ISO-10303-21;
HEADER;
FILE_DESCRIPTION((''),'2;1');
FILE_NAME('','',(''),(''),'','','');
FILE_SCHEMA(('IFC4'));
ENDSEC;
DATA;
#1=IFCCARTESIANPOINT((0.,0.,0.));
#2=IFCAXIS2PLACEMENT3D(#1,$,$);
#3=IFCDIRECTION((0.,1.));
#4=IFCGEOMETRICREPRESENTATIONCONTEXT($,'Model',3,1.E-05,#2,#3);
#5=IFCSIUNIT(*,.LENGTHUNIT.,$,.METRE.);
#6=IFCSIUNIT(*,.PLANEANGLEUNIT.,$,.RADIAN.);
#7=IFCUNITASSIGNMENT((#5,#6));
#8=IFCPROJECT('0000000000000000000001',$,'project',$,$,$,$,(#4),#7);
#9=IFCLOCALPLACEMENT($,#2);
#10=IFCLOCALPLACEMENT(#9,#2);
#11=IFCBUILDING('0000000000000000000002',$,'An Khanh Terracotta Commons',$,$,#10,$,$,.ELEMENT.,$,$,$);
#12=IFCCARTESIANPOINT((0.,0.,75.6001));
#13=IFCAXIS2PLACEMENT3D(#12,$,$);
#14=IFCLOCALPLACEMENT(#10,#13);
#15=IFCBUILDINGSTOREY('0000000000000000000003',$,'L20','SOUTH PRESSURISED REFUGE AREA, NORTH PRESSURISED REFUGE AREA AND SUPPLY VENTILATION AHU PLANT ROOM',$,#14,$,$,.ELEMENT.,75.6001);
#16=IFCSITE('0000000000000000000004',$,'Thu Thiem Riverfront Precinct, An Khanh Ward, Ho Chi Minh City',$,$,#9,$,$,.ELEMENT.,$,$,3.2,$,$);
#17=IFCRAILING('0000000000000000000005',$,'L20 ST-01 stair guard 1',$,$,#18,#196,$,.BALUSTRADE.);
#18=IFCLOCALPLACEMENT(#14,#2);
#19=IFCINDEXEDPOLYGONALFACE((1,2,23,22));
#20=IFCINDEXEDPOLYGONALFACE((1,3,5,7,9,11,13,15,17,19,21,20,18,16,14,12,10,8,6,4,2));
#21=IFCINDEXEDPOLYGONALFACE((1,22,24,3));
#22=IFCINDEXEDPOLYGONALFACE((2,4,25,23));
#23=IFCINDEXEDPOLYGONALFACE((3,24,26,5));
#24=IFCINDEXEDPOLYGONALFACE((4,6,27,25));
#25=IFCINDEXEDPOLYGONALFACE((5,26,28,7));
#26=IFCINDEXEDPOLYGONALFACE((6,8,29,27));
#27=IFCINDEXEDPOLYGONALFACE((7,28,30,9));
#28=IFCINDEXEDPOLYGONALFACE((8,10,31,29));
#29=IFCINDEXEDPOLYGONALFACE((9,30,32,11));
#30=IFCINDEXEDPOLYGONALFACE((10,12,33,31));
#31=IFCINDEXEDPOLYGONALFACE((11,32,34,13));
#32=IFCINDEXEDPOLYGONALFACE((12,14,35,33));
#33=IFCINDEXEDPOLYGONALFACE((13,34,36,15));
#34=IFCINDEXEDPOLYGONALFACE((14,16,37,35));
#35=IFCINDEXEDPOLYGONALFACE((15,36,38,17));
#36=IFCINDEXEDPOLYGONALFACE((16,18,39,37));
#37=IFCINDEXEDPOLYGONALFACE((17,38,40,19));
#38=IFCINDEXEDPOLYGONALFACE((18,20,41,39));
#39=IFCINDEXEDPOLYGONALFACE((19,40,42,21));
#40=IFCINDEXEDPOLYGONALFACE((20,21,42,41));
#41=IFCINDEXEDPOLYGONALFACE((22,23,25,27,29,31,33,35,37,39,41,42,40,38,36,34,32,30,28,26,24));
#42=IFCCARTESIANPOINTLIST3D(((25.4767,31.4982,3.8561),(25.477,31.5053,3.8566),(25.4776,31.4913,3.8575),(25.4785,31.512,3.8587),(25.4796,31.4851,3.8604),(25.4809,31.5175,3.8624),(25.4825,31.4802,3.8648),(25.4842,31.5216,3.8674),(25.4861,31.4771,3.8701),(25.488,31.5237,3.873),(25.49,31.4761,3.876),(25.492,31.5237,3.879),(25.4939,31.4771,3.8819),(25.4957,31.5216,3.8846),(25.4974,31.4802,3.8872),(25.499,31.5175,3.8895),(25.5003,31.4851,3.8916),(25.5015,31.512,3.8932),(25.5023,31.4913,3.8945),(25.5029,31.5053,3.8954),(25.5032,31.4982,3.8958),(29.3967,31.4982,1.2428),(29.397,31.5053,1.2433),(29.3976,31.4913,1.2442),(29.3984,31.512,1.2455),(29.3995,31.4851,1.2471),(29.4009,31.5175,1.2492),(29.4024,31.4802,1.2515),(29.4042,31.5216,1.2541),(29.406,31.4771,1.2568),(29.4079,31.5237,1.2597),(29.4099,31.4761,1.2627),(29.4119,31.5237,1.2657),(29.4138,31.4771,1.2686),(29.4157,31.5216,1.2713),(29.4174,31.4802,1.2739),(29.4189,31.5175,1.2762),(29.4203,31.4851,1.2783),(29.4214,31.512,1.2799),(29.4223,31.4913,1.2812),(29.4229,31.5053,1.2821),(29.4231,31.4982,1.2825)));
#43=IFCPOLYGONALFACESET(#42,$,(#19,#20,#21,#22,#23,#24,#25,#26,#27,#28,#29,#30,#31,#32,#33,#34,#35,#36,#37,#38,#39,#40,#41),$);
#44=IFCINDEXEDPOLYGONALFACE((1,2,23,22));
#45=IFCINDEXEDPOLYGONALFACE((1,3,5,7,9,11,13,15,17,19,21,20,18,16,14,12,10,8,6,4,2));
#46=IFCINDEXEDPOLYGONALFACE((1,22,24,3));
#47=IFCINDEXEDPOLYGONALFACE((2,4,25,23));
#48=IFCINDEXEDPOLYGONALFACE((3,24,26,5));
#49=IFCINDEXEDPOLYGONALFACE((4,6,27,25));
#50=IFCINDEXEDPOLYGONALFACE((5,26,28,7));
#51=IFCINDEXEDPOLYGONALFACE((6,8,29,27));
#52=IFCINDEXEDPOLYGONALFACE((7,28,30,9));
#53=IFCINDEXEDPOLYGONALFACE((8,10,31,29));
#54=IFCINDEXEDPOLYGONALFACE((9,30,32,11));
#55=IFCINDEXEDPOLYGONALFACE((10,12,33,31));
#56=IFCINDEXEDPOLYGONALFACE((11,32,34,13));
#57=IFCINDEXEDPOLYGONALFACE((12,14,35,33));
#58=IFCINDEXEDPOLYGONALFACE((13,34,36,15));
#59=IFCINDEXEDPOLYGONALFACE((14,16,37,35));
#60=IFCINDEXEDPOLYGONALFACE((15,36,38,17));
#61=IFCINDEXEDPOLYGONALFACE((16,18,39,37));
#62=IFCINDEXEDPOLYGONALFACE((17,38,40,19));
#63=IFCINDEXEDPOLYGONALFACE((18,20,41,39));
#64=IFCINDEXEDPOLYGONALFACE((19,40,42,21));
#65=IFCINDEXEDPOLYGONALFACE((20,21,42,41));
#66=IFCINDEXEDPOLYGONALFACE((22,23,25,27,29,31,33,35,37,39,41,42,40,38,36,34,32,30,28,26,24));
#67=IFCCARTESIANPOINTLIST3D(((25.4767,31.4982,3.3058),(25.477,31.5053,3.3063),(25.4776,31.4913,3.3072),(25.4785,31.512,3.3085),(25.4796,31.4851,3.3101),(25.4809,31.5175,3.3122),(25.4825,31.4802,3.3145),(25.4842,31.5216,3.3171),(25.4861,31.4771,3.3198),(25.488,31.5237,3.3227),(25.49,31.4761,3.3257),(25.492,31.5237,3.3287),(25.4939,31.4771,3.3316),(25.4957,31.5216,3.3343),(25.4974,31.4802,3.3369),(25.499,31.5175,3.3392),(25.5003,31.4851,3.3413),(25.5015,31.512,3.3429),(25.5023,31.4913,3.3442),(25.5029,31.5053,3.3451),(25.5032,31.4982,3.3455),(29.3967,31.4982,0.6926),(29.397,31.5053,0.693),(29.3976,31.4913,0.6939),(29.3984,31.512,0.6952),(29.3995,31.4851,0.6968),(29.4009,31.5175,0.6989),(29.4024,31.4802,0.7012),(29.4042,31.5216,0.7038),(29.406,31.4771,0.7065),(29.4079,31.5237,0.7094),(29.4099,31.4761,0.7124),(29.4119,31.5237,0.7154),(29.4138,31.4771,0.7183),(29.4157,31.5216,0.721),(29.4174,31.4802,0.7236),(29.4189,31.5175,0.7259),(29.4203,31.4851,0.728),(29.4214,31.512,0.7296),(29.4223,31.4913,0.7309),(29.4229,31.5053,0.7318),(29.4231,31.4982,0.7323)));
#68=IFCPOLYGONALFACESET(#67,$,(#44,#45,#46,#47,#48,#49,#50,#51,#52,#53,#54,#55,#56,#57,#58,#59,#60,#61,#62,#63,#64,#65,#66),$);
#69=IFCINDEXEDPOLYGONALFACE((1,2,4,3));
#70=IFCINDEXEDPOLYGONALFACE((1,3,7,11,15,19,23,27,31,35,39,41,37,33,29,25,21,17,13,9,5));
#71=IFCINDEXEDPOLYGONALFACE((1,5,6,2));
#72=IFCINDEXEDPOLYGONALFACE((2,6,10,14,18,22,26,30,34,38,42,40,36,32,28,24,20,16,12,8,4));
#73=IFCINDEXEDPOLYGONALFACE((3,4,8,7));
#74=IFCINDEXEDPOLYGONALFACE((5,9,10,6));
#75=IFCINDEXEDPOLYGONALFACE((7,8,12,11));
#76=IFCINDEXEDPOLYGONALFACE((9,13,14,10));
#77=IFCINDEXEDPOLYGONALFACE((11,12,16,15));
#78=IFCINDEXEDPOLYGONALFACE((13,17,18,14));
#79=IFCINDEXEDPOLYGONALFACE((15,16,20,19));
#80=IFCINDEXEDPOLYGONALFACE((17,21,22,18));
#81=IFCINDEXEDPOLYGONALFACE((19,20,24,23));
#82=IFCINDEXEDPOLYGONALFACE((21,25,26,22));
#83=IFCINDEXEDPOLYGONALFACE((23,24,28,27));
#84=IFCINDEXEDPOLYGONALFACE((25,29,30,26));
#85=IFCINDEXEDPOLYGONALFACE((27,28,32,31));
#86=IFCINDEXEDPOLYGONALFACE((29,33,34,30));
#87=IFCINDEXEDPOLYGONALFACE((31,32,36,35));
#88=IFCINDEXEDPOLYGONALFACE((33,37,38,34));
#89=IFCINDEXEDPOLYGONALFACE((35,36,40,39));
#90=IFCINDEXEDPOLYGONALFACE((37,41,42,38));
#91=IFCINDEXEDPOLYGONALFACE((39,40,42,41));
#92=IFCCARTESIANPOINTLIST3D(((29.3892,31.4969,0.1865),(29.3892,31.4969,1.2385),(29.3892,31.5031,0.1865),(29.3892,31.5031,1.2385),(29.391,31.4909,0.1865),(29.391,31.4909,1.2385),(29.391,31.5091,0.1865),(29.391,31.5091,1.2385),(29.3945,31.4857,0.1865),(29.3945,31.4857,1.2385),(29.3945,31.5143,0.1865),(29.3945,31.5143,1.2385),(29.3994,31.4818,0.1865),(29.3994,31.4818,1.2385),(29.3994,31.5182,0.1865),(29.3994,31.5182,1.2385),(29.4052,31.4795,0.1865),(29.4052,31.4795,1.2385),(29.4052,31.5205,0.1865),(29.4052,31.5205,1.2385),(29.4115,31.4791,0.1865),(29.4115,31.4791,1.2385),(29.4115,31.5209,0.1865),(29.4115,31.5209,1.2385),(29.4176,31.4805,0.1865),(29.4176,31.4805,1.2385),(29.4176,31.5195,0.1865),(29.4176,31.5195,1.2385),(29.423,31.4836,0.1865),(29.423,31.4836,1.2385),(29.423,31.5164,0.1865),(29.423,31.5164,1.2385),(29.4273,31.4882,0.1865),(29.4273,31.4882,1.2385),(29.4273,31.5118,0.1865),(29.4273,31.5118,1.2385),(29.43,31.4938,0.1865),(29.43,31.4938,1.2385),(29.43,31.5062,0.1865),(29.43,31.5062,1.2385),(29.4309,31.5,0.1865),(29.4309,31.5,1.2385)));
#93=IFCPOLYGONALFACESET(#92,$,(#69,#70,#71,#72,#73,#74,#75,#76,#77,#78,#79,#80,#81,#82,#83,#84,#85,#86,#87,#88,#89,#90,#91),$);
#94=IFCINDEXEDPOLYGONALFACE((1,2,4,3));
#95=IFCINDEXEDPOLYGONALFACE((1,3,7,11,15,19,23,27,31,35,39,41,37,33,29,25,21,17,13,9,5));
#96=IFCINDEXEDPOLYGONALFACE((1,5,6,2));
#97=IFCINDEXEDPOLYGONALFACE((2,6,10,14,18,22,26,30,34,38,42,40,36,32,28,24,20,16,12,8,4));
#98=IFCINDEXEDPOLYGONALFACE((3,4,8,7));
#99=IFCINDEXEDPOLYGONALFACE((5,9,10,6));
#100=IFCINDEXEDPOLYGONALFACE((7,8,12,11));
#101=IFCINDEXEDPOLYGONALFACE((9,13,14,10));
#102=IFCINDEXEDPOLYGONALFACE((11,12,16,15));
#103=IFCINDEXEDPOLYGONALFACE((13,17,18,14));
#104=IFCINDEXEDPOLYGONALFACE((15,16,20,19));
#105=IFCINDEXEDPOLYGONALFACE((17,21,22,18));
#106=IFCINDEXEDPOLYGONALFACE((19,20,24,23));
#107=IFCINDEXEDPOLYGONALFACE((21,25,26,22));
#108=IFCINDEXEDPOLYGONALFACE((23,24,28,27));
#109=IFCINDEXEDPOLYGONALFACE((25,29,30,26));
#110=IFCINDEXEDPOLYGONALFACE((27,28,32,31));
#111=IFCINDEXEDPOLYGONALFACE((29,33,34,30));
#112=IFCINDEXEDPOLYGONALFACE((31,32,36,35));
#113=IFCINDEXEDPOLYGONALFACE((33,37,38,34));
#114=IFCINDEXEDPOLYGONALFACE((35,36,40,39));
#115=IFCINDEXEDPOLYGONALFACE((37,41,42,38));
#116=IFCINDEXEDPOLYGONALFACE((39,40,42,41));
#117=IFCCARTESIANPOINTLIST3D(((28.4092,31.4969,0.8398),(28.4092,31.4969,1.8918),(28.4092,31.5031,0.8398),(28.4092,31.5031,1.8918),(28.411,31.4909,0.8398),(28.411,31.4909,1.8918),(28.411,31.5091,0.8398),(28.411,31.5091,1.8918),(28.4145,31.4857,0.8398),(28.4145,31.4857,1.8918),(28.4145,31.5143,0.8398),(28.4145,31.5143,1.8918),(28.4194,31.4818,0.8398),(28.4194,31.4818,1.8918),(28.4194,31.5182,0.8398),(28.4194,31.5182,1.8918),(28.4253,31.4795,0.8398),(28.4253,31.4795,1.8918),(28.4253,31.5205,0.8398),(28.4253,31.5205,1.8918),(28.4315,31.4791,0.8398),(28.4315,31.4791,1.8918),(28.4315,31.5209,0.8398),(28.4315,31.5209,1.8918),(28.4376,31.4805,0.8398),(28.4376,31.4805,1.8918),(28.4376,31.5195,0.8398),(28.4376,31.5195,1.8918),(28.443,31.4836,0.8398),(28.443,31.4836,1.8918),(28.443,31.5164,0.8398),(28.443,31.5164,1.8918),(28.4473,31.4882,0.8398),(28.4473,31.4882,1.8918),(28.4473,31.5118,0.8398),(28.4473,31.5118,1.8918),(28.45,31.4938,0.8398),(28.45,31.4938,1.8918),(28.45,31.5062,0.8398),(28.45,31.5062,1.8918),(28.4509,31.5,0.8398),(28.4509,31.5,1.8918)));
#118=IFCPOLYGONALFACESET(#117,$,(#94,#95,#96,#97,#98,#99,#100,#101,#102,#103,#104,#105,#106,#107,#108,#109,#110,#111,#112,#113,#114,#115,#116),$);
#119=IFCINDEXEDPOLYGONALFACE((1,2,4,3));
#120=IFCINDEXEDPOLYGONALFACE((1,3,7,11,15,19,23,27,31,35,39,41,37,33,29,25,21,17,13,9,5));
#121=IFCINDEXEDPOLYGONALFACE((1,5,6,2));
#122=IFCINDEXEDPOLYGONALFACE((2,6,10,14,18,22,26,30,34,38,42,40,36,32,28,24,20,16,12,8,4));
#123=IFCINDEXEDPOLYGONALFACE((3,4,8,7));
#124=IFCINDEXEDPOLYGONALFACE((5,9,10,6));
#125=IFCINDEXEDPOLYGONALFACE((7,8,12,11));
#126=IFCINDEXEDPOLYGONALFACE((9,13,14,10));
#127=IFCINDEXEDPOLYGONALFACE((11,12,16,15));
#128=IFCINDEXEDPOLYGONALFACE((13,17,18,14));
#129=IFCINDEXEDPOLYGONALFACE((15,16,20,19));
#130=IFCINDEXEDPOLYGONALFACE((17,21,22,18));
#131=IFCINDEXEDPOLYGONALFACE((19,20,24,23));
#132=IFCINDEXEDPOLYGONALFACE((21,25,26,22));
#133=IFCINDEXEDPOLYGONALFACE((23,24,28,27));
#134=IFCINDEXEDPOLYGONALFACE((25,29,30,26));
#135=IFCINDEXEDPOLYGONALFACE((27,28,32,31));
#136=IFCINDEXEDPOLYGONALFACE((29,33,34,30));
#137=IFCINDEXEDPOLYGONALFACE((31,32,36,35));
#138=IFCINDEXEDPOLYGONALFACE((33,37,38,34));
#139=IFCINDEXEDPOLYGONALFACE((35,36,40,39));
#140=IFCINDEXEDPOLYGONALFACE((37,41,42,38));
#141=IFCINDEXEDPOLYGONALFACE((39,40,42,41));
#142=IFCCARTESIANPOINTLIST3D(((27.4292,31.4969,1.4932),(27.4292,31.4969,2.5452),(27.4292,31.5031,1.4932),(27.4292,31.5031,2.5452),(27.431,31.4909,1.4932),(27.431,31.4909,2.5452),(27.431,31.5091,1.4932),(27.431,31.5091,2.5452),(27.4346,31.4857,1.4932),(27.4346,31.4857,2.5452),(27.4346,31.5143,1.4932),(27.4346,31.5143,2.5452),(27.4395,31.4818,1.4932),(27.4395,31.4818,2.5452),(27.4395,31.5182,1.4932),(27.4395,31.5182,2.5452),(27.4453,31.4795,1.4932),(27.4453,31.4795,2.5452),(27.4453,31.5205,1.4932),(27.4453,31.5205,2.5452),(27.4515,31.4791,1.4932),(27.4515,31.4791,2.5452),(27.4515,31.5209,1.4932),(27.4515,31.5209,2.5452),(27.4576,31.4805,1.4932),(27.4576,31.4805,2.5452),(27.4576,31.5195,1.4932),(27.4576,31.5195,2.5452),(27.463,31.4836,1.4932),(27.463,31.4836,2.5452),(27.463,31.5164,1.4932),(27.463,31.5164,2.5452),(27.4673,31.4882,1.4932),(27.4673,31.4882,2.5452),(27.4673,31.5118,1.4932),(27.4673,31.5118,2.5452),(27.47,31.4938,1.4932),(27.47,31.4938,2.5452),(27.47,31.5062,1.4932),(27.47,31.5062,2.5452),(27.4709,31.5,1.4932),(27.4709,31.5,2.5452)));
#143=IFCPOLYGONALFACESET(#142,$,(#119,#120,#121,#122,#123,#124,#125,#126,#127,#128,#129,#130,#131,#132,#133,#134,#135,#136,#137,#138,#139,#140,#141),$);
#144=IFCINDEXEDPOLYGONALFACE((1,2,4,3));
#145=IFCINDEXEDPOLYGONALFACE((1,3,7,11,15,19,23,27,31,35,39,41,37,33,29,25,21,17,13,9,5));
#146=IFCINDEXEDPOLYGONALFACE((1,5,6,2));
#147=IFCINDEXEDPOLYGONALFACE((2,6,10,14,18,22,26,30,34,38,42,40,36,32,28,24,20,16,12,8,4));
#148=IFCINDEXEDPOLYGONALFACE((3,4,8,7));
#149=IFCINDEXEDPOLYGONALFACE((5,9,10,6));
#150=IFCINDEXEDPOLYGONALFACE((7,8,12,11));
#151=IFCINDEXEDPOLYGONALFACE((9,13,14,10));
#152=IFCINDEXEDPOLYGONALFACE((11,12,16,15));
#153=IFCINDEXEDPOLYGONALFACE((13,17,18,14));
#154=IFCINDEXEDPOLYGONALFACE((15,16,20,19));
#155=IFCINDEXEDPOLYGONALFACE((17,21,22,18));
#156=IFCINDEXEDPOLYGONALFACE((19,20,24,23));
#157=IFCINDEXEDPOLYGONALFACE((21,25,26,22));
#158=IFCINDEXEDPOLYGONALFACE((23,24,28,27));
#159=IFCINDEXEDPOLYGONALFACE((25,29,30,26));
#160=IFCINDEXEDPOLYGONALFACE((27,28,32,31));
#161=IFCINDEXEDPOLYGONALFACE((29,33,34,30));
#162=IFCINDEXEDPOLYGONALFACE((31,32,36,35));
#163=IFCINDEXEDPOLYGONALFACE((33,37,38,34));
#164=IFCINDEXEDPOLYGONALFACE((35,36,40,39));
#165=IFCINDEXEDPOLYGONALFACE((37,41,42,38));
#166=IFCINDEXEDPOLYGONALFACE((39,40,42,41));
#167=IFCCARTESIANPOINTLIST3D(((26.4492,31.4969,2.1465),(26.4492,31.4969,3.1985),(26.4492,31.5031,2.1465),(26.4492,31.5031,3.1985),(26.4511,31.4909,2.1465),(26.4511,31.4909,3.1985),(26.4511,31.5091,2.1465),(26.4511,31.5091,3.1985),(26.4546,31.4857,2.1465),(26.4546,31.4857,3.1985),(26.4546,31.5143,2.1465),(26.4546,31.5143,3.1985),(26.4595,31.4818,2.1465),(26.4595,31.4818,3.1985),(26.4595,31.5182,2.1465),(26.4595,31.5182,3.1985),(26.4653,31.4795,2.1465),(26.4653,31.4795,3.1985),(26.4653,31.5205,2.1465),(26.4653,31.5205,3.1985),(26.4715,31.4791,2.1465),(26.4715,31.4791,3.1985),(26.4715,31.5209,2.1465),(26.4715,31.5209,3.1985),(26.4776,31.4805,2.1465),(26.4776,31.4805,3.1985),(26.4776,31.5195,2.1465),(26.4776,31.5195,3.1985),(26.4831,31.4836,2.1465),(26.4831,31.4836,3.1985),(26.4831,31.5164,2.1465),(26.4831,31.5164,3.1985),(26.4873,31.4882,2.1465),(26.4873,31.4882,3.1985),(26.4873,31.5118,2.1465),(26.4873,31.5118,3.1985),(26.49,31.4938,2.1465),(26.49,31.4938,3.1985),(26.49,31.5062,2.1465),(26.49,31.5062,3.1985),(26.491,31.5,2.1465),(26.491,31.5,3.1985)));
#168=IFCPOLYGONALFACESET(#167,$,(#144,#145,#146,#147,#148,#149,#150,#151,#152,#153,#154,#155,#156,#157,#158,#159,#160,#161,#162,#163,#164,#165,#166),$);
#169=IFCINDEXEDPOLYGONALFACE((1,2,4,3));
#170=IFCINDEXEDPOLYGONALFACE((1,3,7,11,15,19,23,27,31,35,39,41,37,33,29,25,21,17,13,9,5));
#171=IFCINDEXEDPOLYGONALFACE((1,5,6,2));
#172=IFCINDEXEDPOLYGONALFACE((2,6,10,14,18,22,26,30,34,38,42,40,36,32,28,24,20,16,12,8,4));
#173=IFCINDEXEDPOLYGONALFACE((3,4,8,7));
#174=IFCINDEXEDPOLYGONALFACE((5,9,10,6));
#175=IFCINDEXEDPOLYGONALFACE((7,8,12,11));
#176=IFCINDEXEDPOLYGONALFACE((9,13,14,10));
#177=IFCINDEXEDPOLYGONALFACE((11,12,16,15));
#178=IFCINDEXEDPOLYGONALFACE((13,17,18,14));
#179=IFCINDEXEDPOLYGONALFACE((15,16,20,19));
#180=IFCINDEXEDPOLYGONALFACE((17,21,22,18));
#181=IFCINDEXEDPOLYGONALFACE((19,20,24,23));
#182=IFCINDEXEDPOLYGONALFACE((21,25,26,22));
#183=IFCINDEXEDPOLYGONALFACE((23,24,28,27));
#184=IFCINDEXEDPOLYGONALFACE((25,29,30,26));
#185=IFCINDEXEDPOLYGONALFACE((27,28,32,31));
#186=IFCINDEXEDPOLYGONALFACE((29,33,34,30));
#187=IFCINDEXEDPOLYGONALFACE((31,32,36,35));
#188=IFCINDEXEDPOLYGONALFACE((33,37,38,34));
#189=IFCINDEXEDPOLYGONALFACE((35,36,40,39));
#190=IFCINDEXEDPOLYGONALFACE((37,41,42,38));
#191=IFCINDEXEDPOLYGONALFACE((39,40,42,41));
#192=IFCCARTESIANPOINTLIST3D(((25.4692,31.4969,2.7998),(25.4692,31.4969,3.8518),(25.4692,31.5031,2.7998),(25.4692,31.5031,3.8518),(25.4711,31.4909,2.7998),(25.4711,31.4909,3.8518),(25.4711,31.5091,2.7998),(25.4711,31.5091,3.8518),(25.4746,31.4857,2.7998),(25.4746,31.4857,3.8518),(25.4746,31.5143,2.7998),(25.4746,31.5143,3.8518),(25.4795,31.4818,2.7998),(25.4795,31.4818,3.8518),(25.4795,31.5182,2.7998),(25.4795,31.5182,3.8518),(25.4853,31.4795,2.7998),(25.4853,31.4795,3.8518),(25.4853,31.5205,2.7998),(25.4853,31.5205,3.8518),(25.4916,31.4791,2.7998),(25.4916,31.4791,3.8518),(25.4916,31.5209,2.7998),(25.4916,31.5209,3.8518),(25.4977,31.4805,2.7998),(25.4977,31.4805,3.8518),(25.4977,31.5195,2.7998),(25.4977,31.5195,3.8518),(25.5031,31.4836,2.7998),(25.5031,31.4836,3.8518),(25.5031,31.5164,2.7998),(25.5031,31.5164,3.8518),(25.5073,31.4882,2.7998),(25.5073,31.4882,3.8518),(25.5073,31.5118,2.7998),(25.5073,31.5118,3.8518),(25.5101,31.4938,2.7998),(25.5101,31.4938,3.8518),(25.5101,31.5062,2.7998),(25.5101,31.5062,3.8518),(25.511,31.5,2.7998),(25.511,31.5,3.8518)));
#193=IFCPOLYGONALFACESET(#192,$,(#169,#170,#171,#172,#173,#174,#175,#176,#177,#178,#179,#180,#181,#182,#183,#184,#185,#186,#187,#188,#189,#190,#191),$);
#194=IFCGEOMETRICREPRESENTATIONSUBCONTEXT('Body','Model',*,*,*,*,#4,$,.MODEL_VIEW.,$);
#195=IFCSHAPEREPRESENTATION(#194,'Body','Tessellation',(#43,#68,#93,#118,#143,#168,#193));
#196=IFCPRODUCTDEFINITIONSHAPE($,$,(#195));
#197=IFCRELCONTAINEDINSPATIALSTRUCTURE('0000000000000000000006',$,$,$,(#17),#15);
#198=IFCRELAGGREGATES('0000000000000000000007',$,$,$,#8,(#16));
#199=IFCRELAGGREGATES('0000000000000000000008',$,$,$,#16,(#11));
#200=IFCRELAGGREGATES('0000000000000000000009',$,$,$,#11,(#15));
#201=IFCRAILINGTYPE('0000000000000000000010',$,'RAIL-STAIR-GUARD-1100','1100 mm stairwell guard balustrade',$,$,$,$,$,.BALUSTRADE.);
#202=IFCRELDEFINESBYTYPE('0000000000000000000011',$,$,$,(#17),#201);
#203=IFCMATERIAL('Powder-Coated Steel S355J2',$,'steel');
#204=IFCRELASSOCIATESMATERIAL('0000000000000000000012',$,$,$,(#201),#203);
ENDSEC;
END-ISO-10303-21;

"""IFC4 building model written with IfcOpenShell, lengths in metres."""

from ifc_helpers import new_model, si_unit, direction, frame, origin, origin_2d, place, context, subcontext, project, spatial, circle, extrude, material, type_object, element, save


model = new_model("IFC4")

# Units and contexts
model_context = context("Model", 3, precision=1e-05, world=origin(), true_north=direction((0.0, 1.0)))
body_context = subcontext(model_context, "Body", "Model", "MODEL_VIEW")
ifc_project = project(units=[si_unit("LENGTHUNIT", "METRE"), si_unit("PLANEANGLEUNIT", "RADIAN")], contexts=[model_context])

# Site, building, storey
site_placement = place(None, origin())
site = spatial("IfcSite", under=ifc_project, at=site_placement, Name="Thu Thiem Riverfront Precinct, An Khanh Ward, Ho Chi Minh City", CompositionType="ELEMENT", RefElevation=3.2)
building_placement = place(site_placement, origin())
building = spatial("IfcBuilding", under=site, at=building_placement, Name="An Khanh Terracotta Commons", CompositionType="ELEMENT")
storey_placement = place(building_placement, frame((0.0, 0.0, 75.6001)))
storey = spatial("IfcBuildingStorey", under=building, at=storey_placement, Name="L20", Description="SOUTH PRESSURISED REFUGE AREA, NORTH PRESSURISED REFUGE AREA AND SUPPLY VENTILATION AHU PLANT ROOM", CompositionType="ELEMENT", Elevation=75.6001)

# Railing
ifc_material_1 = material(Name="Powder-Coated Steel S355J2", Category="steel")
railing_type_1 = type_object("IfcRailingType", Name="RAIL-STAIR-GUARD-1100", Description="1100 mm stairwell guard balustrade", PredefinedType="BALUSTRADE", material=ifc_material_1)
railing_1_placement = place(storey_placement, frame((29.4099, 31.5, 0.1865)))
element("IfcRailing", 1, at=railing_1_placement, inside=storey, type_object=railing_type_1, Name="L20 ST-01 stair guard 1", PredefinedType="BALUSTRADE", context=body_context, shape_type="SweptSolid", body=[
    extrude(circle(Radius=0.0239, at=origin_2d()), frame((0.0, 0.0, 1.0762), z_axis=(-0.83205, 0.0, 0.5547), x_axis=(0.0, -1.0, 0.0)), (0.0, 0.0, 1.0), 4.7112),
    extrude(circle(Radius=0.0239, at=origin_2d()), frame((0.0, 0.0, 0.5259), z_axis=(-0.83205, 0.0, 0.5547), x_axis=(0.0, -1.0, 0.0)), (0.0, 0.0, 1.0), 4.7112),
    extrude(circle(Radius=0.021, at=origin_2d()), origin(), (0.0, 0.0, 1.0), 1.052),
    extrude(circle(Radius=0.021, at=origin_2d()), frame((-0.98, 0.0, 0.6533)), (0.0, 0.0, 1.0), 1.052),
    extrude(circle(Radius=0.021, at=origin_2d()), frame((-1.96, 0.0, 1.3066)), (0.0, 0.0, 1.0), 1.052),
    extrude(circle(Radius=0.021, at=origin_2d()), frame((-2.9399, 0.0, 1.96)), (0.0, 0.0, 1.0), 1.052),
    extrude(circle(Radius=0.021, at=origin_2d()), frame((-3.9199, 0.0, 2.6133)), (0.0, 0.0, 1.0), 1.052),
])

save(model, "model.ifc")
